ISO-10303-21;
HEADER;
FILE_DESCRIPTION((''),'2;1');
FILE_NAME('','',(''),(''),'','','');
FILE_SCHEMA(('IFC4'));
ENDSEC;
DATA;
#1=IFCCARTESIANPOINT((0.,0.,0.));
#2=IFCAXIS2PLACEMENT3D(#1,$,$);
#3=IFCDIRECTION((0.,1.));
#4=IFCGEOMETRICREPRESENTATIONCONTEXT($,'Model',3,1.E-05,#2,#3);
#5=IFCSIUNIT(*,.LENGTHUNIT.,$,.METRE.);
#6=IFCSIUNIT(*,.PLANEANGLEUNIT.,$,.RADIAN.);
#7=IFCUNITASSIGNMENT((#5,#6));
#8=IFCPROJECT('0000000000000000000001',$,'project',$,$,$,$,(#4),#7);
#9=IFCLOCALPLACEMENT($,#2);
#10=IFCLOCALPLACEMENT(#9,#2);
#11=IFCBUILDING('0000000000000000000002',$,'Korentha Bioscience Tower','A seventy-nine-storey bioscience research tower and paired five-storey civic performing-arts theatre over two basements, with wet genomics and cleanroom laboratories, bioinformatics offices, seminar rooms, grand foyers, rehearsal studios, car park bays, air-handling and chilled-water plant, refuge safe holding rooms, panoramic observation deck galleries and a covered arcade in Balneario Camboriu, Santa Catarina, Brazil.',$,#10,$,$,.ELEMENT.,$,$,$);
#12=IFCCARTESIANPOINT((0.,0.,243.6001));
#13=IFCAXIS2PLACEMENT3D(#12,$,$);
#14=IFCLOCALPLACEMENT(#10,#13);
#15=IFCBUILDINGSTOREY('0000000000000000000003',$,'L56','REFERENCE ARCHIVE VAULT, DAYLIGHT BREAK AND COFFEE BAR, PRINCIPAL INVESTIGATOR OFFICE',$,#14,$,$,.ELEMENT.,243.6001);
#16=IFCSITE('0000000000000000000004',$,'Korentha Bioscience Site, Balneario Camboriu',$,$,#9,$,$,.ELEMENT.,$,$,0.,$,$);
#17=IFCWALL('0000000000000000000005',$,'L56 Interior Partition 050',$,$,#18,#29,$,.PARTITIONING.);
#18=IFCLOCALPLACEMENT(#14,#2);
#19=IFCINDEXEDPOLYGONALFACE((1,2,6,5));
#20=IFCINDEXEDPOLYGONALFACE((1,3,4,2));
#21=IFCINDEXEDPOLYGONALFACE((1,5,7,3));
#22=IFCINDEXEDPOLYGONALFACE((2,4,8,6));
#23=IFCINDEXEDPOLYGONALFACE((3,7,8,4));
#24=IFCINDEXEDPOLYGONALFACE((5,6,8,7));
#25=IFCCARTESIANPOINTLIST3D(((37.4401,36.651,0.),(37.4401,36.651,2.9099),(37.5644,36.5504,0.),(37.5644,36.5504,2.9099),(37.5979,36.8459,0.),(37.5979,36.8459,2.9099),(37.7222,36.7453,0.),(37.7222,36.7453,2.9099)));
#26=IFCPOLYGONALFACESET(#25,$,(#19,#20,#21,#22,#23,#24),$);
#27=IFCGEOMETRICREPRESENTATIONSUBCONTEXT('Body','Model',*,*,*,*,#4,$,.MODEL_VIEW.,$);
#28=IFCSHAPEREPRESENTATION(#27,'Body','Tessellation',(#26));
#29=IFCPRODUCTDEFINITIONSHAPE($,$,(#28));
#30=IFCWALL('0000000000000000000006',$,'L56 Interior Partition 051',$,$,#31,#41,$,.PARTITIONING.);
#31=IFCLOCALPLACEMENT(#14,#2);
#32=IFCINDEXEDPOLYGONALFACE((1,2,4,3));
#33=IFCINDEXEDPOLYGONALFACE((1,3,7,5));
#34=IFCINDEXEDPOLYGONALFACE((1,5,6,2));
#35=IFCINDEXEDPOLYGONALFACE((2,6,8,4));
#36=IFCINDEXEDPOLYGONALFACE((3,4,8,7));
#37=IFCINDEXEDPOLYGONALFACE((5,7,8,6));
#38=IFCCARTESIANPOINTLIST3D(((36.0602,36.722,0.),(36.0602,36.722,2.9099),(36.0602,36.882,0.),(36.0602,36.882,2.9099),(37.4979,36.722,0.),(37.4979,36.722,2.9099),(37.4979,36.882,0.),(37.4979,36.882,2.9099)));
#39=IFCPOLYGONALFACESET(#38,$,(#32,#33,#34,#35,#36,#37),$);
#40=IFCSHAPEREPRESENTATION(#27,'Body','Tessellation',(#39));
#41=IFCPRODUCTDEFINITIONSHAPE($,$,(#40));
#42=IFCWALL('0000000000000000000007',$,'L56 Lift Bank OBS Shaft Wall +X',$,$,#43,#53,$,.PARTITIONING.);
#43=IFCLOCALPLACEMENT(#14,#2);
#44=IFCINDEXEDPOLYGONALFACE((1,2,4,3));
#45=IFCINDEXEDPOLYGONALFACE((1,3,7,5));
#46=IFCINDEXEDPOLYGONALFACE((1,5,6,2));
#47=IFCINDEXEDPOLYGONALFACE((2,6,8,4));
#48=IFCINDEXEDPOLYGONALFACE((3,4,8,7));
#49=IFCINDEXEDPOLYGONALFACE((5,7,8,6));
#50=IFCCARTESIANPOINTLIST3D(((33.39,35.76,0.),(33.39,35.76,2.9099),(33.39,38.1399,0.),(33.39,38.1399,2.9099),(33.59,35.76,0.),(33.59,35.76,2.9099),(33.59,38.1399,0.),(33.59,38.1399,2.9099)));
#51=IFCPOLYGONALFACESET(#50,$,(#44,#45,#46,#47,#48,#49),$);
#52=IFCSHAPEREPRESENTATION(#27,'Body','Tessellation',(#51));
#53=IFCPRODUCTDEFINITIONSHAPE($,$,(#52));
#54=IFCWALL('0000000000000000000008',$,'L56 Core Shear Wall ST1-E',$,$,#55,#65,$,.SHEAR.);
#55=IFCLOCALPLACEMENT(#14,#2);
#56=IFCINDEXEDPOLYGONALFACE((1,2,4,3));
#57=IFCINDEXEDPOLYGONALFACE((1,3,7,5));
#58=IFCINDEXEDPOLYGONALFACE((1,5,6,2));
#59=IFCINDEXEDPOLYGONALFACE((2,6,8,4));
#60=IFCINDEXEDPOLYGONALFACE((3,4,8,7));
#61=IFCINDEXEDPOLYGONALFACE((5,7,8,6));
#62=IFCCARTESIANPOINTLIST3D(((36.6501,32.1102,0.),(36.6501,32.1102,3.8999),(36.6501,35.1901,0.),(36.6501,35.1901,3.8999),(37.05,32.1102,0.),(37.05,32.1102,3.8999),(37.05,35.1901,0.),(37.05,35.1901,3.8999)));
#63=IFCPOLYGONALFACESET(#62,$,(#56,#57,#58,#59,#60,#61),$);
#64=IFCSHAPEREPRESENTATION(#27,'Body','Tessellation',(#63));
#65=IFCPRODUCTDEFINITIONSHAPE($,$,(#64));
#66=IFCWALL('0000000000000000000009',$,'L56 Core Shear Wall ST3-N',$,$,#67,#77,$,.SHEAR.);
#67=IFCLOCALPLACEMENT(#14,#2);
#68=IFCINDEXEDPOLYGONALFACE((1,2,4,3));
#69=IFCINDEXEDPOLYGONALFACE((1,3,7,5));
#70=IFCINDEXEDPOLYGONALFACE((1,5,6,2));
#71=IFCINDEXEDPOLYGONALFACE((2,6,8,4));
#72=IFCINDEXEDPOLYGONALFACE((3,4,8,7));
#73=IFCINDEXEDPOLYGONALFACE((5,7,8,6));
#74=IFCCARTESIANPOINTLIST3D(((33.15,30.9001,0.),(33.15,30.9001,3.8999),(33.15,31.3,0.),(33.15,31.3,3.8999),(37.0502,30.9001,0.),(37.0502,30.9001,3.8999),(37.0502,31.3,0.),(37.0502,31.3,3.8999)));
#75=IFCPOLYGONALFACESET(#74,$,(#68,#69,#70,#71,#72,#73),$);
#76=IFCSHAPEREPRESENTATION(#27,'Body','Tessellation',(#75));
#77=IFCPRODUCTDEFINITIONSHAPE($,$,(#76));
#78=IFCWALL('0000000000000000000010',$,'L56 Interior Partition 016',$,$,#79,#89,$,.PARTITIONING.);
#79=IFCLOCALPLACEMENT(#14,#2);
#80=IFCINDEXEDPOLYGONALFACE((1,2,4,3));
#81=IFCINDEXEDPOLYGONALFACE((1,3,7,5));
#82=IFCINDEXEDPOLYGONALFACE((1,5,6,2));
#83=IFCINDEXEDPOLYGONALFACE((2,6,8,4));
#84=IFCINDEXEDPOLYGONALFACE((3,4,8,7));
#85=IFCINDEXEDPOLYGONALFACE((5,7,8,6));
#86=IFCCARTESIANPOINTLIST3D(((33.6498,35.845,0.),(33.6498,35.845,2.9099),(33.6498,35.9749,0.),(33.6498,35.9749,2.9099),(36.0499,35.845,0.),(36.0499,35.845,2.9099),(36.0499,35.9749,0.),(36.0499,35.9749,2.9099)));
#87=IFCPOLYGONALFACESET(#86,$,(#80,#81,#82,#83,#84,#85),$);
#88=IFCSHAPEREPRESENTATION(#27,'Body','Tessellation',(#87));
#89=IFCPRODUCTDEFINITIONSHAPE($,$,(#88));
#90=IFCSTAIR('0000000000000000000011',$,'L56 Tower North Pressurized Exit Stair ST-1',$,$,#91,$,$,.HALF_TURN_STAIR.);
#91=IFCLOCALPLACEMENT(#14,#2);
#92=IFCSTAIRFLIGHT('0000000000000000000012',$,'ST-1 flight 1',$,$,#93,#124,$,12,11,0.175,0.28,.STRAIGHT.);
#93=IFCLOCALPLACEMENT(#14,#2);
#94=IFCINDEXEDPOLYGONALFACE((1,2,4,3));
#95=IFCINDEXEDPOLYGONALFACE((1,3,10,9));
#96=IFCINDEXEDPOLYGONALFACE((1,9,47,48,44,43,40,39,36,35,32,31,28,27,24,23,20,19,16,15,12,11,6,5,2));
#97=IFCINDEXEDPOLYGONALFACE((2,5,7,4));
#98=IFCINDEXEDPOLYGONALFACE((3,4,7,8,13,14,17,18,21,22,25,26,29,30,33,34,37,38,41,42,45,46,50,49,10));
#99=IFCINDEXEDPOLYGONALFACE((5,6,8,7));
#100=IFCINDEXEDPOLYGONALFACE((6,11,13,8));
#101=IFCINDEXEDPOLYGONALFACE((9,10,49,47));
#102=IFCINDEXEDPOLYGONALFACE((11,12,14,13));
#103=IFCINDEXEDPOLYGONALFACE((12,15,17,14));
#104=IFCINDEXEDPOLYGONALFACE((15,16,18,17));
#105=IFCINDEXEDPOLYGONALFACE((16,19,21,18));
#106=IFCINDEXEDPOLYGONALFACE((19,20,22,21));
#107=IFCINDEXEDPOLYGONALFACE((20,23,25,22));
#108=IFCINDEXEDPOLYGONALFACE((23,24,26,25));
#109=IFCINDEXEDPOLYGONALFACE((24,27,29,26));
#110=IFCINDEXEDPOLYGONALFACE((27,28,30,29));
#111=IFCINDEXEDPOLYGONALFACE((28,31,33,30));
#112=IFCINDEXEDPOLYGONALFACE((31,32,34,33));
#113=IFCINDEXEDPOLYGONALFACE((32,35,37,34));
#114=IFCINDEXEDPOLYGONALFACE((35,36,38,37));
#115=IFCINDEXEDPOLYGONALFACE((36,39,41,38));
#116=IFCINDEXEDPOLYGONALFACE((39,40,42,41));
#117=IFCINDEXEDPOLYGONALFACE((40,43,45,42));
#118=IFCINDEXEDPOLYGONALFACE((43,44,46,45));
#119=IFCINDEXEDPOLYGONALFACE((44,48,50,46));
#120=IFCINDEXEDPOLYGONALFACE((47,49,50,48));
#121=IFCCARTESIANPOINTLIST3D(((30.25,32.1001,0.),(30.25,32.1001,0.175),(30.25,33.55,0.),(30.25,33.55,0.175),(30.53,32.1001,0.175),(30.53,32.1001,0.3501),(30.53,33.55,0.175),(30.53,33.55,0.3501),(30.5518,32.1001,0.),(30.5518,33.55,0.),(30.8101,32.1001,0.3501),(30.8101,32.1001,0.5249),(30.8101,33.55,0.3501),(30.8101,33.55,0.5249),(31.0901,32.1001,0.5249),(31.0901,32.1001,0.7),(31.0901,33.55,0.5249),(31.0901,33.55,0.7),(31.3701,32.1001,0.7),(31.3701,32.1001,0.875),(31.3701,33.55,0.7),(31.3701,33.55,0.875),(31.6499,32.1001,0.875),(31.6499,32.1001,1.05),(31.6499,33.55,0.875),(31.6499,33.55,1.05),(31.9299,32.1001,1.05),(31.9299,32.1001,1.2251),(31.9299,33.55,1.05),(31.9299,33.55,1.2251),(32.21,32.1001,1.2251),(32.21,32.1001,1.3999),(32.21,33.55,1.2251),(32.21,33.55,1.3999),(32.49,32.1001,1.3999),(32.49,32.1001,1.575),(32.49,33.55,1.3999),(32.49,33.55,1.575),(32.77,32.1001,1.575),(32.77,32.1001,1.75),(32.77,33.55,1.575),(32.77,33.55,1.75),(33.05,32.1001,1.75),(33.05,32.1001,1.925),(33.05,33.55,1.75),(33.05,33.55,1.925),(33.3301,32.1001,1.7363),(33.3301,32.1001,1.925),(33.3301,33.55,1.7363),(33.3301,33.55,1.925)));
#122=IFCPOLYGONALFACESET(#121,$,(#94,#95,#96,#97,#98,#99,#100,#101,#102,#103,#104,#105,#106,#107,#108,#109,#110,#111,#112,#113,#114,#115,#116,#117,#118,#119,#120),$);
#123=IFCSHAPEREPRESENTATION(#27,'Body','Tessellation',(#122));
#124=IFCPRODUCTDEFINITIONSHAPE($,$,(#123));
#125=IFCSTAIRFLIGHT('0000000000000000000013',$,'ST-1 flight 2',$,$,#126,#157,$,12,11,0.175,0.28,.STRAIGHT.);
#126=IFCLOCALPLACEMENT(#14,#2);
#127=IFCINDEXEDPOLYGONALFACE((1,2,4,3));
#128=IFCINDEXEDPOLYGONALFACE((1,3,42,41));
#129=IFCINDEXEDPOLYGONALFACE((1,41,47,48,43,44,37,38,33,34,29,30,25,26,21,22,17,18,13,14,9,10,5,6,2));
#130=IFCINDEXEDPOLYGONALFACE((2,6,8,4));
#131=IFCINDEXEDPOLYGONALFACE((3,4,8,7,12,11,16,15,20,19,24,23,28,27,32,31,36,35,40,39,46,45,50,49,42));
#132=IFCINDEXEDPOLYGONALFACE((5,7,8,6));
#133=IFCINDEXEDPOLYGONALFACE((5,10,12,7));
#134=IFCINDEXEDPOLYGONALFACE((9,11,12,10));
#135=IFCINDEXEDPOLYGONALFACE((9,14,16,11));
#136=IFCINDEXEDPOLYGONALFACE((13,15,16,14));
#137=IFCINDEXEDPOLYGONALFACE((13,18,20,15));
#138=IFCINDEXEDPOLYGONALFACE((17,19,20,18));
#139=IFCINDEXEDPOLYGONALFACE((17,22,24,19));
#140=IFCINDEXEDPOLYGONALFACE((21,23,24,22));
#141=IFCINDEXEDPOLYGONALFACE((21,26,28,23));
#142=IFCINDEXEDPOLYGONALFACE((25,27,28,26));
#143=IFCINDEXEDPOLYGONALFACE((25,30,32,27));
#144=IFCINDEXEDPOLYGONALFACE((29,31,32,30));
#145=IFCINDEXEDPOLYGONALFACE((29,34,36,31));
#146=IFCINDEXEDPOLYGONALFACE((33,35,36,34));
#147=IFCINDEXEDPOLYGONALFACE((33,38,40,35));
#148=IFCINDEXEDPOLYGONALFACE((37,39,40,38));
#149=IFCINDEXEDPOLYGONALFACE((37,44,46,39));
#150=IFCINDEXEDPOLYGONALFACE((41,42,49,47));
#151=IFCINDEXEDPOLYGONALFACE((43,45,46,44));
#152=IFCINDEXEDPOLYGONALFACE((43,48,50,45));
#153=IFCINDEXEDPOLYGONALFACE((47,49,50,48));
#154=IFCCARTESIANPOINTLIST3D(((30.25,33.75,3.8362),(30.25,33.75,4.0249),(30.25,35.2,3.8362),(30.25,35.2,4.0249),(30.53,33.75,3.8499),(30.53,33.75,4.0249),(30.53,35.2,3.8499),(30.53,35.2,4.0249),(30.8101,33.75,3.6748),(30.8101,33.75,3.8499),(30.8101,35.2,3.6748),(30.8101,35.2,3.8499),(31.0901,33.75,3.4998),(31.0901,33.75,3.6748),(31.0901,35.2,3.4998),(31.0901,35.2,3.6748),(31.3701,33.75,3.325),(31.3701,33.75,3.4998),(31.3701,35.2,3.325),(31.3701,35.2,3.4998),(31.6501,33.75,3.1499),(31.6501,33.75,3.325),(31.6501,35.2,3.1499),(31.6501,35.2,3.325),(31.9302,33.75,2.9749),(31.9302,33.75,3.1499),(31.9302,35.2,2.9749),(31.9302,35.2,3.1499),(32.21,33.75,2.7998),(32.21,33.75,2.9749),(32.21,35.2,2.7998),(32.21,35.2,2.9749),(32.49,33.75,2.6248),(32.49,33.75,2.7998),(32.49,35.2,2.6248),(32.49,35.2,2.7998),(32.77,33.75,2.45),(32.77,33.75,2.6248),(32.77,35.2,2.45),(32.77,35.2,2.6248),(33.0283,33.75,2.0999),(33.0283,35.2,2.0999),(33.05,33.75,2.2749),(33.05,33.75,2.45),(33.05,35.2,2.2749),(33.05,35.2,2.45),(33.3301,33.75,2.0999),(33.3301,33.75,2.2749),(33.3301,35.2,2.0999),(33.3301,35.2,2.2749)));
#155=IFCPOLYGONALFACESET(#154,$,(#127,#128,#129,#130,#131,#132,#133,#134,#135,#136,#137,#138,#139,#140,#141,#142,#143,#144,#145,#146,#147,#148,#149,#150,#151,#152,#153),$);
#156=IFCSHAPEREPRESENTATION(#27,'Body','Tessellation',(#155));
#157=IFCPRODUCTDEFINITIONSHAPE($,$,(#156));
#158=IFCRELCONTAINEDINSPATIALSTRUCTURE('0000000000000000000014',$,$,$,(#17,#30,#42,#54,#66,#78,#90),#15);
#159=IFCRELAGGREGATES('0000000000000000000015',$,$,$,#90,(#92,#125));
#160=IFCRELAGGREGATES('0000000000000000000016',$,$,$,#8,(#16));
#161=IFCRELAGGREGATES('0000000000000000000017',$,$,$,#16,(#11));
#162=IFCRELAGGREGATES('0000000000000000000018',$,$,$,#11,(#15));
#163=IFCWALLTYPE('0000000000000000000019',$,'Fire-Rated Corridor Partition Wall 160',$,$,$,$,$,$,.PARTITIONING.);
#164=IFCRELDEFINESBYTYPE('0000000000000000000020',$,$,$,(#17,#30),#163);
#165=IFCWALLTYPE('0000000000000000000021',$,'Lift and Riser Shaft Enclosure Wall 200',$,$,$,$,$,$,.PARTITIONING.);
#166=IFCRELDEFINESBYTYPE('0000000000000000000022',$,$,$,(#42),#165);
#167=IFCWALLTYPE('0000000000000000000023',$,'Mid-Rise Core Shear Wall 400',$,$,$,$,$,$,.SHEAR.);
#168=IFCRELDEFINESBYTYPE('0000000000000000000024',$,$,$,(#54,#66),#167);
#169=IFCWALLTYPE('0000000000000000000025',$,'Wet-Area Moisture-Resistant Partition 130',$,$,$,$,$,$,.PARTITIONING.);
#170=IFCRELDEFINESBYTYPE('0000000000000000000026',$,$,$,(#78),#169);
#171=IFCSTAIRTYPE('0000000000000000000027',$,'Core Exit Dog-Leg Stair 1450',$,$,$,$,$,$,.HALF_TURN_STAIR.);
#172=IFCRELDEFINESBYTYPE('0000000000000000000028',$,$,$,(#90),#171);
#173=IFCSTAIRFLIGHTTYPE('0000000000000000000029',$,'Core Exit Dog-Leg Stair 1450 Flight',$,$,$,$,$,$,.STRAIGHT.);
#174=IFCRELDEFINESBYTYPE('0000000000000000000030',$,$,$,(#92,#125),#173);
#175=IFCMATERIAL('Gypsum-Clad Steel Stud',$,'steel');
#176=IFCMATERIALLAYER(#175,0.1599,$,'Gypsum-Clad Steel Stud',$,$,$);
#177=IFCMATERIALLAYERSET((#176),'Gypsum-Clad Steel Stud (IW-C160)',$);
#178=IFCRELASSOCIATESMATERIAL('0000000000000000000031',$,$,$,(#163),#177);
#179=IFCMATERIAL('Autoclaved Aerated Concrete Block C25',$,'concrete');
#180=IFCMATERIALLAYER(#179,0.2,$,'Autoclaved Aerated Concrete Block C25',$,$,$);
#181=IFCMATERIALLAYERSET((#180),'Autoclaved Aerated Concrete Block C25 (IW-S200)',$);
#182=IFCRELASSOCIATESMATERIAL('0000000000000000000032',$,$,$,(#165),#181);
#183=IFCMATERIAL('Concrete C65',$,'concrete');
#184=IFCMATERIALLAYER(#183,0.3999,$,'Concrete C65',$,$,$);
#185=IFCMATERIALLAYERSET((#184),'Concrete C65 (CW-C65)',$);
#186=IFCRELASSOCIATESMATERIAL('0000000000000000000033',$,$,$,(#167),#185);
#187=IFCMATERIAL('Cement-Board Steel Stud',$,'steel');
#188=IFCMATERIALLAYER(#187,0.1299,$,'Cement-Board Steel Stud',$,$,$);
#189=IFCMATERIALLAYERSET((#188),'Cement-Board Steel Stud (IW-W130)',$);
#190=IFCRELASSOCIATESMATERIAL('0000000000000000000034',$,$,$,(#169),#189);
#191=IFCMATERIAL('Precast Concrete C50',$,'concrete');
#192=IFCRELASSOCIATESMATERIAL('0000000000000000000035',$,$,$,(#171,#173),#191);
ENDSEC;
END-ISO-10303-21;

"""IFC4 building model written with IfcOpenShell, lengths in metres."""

from ifc_helpers import new_model, si_unit, direction, frame, frame_2d, origin, place, context, subcontext, project, spatial, polyline, rectangle, outline, extrude, material, layer, layer_set, type_object, element, aggregate, save


model = new_model("IFC4")

# Units and contexts
model_context = context("Model", 3, precision=1e-05, world=origin(), true_north=direction((0.0, 1.0)))
body_context = subcontext(model_context, "Body", "Model", "MODEL_VIEW")
ifc_project = project(units=[si_unit("LENGTHUNIT", "METRE"), si_unit("PLANEANGLEUNIT", "RADIAN")], contexts=[model_context])

# Site, building, storey
site_placement = place(None, origin())
site = spatial("IfcSite", under=ifc_project, at=site_placement, Name="Korentha Bioscience Site, Balneario Camboriu", CompositionType="ELEMENT", RefElevation=0.0)
building_placement = place(site_placement, origin())
building = spatial("IfcBuilding", under=site, at=building_placement, Name="Korentha Bioscience Tower", Description="A seventy-nine-storey bioscience research tower and paired five-storey civic performing-arts theatre over two basements, with wet genomics and cleanroom laboratories, bioinformatics offices, seminar rooms, grand foyers, rehearsal studios, car park bays, air-handling and chilled-water plant, refuge safe holding rooms, panoramic observation deck galleries and a covered arcade in Balneario Camboriu, Santa Catarina, Brazil.", CompositionType="ELEMENT")
storey_placement = place(building_placement, frame((0.0, 0.0, 243.6001)))
storey = spatial("IfcBuildingStorey", under=building, at=storey_placement, Name="L56", Description="REFERENCE ARCHIVE VAULT, DAYLIGHT BREAK AND COFFEE BAR, PRINCIPAL INVESTIGATOR OFFICE", CompositionType="ELEMENT", Elevation=243.6001)

# Shared definitions
ifc_material_1 = material(Name="Concrete C65", Category="concrete")

# Walls
ifc_material_2 = material(Name="Gypsum-Clad Steel Stud", Category="steel")
ifc_layer_1 = layer(ifc_material_2, 0.1599, Name="Gypsum-Clad Steel Stud")
ifc_layer_set_1 = layer_set([ifc_layer_1], Name="Gypsum-Clad Steel Stud (IW-C160)")
wall_type_1 = type_object("IfcWallType", Name="Fire-Rated Corridor Partition Wall 160", PredefinedType="PARTITIONING", material=ifc_layer_set_1)
wall_1_placement = place(storey_placement, frame((37.5022, 36.6006, 0.0), z_axis=(0.0, 0.0, 1.0), x_axis=(0.629198, 0.777245, 0.0)))
element("IfcWall", 1, at=wall_1_placement, inside=storey, type_object=wall_type_1, Name="L56 Interior Partition 050", PredefinedType="PARTITIONING", context=body_context, shape_type="SweptSolid", body=[
    extrude(rectangle(XDim=0.2507, YDim=0.1599, at=frame_2d((0.1255, 0.0))), origin(), (0.0, 0.0, 1.0), 2.9099),
])
wall_2_placement = place(storey_placement, frame((37.4978, 36.802, 0.0), z_axis=(0.0, 0.0, 1.0), x_axis=(-1.0, 0.0, 0.0)))
element("IfcWall", 2, at=wall_2_placement, inside=storey, type_object=wall_type_1, Name="L56 Interior Partition 051", PredefinedType="PARTITIONING", context=body_context, shape_type="SweptSolid", body=[
    extrude(rectangle(XDim=1.4377, YDim=0.1599, at=frame_2d((0.7188, 0.0))), origin(), (0.0, 0.0, 1.0), 2.9099),
])
ifc_material_3 = material(Name="Autoclaved Aerated Concrete Block C25", Category="concrete")
ifc_layer_2 = layer(ifc_material_3, 0.2, Name="Autoclaved Aerated Concrete Block C25")
ifc_layer_set_2 = layer_set([ifc_layer_2], Name="Autoclaved Aerated Concrete Block C25 (IW-S200)")
wall_type_2 = type_object("IfcWallType", Name="Lift and Riser Shaft Enclosure Wall 200", PredefinedType="PARTITIONING", material=ifc_layer_set_2)
wall_3_placement = place(storey_placement, frame((33.49, 35.76, 0.0), z_axis=(0.0, 0.0, 1.0), x_axis=(0.0, 1.0, 0.0)))
element("IfcWall", 3, at=wall_3_placement, inside=storey, type_object=wall_type_2, Name="L56 Lift Bank OBS Shaft Wall +X", PredefinedType="PARTITIONING", context=body_context, shape_type="SweptSolid", body=[
    extrude(rectangle(XDim=2.3799, YDim=0.2, at=frame_2d((1.1899, 0.0))), origin(), (0.0, 0.0, 1.0), 2.9099),
])
ifc_layer_3 = layer(ifc_material_1, 0.3999, Name="Concrete C65")
ifc_layer_set_3 = layer_set([ifc_layer_3], Name="Concrete C65 (CW-C65)")
wall_type_3 = type_object("IfcWallType", Name="Mid-Rise Core Shear Wall 400", PredefinedType="SHEAR", material=ifc_layer_set_3)
wall_4_placement = place(storey_placement, frame((36.8501, 32.1101, 0.0), z_axis=(0.0, 0.0, 1.0), x_axis=(0.0, 1.0, 0.0)))
element("IfcWall", 4, at=wall_4_placement, inside=storey, type_object=wall_type_3, Name="L56 Core Shear Wall ST1-E", PredefinedType="SHEAR", context=body_context, shape_type="SweptSolid", body=[
    extrude(rectangle(XDim=3.0798, YDim=0.3999, at=frame_2d((1.54, 0.0))), origin(), (0.0, 0.0, 1.0), 3.8999),
])
wall_5_placement = place(storey_placement, frame((33.1499, 31.1001, 0.0), z_axis=(0.0, 0.0, 1.0), x_axis=(1.0, 0.0, 0.0)))
element("IfcWall", 5, at=wall_5_placement, inside=storey, type_object=wall_type_3, Name="L56 Core Shear Wall ST3-N", PredefinedType="SHEAR", context=body_context, shape_type="SweptSolid", body=[
    extrude(rectangle(XDim=3.9001, YDim=0.3999, at=frame_2d((1.9502, 0.0))), origin(), (0.0, 0.0, 1.0), 3.8999),
])
ifc_material_4 = material(Name="Cement-Board Steel Stud", Category="steel")
ifc_layer_4 = layer(ifc_material_4, 0.1299, Name="Cement-Board Steel Stud")
ifc_layer_set_4 = layer_set([ifc_layer_4], Name="Cement-Board Steel Stud (IW-W130)")
wall_type_4 = type_object("IfcWallType", Name="Wet-Area Moisture-Resistant Partition 130", PredefinedType="PARTITIONING", material=ifc_layer_set_4)
wall_6_placement = place(storey_placement, frame((36.05, 35.9099, 0.0), z_axis=(0.0, 0.0, 1.0), x_axis=(-1.0, 0.0, 0.0)))
element("IfcWall", 6, at=wall_6_placement, inside=storey, type_object=wall_type_4, Name="L56 Interior Partition 016", PredefinedType="PARTITIONING", context=body_context, shape_type="SweptSolid", body=[
    extrude(rectangle(XDim=2.4001, YDim=0.1299, at=frame_2d((1.2002, 0.0))), origin(), (0.0, 0.0, 1.0), 2.9099),
])

# Stair, stair flights
ifc_material_5 = material(Name="Precast Concrete C50", Category="concrete")
stair_type = type_object("IfcStairType", Name="Core Exit Dog-Leg Stair 1450", PredefinedType="HALF_TURN_STAIR", material=ifc_material_5)
stair_1_placement = place(storey_placement, origin())
stair_1 = element("IfcStair", 7, at=stair_1_placement, inside=storey, type_object=stair_type, Name="L56 Tower North Pressurized Exit Stair ST-1", PredefinedType="HALF_TURN_STAIR")
stair_flight_type = type_object("IfcStairFlightType", Name="Core Exit Dog-Leg Stair 1450 Flight", PredefinedType="STRAIGHT", material=ifc_material_5)
stair_flight_1_placement = place(storey_placement, frame((30.25, 32.825, 0.0), z_axis=(0.0, 0.0, 1.0), x_axis=(1.0, 0.0, 0.0)))
stair_flight_1 = element("IfcStairFlight", 8, at=stair_flight_1_placement, type_object=stair_flight_type, Name="ST-1 flight 1", NumberOfRisers=12, NumberOfTreads=11, PredefinedType="STRAIGHT", RiserHeight=0.175, TreadLength=0.28, context=body_context, shape_type="SweptSolid", body=[
    extrude(outline(polyline([(0.0, 0.0), (0.0, 0.175), (0.28, 0.175), (0.28, 0.3501), (0.5601, 0.3501), (0.5601, 0.5249), (0.8401, 0.5249), (0.8401, 0.7), (1.1201, 0.7), (1.1201, 0.875), (1.3999, 0.875), (1.3999, 1.05), (1.6799, 1.05), (1.6799, 1.2251), (1.96, 1.2251), (1.96, 1.3999), (2.24, 1.3999), (2.24, 1.575), (2.52, 1.575), (2.52, 1.75), (2.8, 1.75), (2.8, 1.925), (3.0801, 1.925), (3.0801, 2.1001), (3.0801, 1.7363), (0.3018, 0.0), (0.0, 0.0)])), frame((0.0, 0.7251, 0.0), z_axis=(0.0, -1.0, 0.0), x_axis=(1.0, 0.0, 0.0)), (0.0, 0.0, 1.0), 1.45),
])
stair_flight_2_placement = place(storey_placement, frame((33.3301, 34.4751, 2.0999), z_axis=(0.0, 0.0, 1.0), x_axis=(-1.0, 0.0, 0.0)))
stair_flight_2 = element("IfcStairFlight", 9, at=stair_flight_2_placement, type_object=stair_flight_type, Name="ST-1 flight 2", NumberOfRisers=12, NumberOfTreads=11, PredefinedType="STRAIGHT", RiserHeight=0.175, TreadLength=0.28, context=body_context, shape_type="SweptSolid", body=[
    extrude(outline(polyline([(0.0, 0.0), (0.0, 0.175), (0.28, 0.175), (0.28, 0.3501), (0.5601, 0.3501), (0.5601, 0.5249), (0.8401, 0.5249), (0.8401, 0.7), (1.1201, 0.7), (1.1201, 0.875), (1.3999, 0.875), (1.3999, 1.05), (1.6799, 1.05), (1.6799, 1.2251), (1.96, 1.2251), (1.96, 1.3999), (2.24, 1.3999), (2.24, 1.575), (2.52, 1.575), (2.52, 1.75), (2.8, 1.75), (2.8, 1.925), (3.0801, 1.925), (3.0801, 2.1001), (3.0801, 1.7363), (0.3018, 0.0), (0.0, 0.0)])), frame((0.0, 0.7251, 0.0), z_axis=(0.0, -1.0, 0.0), x_axis=(1.0, 0.0, 0.0)), (0.0, 0.0, 1.0), 1.45),
])
aggregate(stair_1, [stair_flight_1, stair_flight_2])

save(model, "model.ifc")
